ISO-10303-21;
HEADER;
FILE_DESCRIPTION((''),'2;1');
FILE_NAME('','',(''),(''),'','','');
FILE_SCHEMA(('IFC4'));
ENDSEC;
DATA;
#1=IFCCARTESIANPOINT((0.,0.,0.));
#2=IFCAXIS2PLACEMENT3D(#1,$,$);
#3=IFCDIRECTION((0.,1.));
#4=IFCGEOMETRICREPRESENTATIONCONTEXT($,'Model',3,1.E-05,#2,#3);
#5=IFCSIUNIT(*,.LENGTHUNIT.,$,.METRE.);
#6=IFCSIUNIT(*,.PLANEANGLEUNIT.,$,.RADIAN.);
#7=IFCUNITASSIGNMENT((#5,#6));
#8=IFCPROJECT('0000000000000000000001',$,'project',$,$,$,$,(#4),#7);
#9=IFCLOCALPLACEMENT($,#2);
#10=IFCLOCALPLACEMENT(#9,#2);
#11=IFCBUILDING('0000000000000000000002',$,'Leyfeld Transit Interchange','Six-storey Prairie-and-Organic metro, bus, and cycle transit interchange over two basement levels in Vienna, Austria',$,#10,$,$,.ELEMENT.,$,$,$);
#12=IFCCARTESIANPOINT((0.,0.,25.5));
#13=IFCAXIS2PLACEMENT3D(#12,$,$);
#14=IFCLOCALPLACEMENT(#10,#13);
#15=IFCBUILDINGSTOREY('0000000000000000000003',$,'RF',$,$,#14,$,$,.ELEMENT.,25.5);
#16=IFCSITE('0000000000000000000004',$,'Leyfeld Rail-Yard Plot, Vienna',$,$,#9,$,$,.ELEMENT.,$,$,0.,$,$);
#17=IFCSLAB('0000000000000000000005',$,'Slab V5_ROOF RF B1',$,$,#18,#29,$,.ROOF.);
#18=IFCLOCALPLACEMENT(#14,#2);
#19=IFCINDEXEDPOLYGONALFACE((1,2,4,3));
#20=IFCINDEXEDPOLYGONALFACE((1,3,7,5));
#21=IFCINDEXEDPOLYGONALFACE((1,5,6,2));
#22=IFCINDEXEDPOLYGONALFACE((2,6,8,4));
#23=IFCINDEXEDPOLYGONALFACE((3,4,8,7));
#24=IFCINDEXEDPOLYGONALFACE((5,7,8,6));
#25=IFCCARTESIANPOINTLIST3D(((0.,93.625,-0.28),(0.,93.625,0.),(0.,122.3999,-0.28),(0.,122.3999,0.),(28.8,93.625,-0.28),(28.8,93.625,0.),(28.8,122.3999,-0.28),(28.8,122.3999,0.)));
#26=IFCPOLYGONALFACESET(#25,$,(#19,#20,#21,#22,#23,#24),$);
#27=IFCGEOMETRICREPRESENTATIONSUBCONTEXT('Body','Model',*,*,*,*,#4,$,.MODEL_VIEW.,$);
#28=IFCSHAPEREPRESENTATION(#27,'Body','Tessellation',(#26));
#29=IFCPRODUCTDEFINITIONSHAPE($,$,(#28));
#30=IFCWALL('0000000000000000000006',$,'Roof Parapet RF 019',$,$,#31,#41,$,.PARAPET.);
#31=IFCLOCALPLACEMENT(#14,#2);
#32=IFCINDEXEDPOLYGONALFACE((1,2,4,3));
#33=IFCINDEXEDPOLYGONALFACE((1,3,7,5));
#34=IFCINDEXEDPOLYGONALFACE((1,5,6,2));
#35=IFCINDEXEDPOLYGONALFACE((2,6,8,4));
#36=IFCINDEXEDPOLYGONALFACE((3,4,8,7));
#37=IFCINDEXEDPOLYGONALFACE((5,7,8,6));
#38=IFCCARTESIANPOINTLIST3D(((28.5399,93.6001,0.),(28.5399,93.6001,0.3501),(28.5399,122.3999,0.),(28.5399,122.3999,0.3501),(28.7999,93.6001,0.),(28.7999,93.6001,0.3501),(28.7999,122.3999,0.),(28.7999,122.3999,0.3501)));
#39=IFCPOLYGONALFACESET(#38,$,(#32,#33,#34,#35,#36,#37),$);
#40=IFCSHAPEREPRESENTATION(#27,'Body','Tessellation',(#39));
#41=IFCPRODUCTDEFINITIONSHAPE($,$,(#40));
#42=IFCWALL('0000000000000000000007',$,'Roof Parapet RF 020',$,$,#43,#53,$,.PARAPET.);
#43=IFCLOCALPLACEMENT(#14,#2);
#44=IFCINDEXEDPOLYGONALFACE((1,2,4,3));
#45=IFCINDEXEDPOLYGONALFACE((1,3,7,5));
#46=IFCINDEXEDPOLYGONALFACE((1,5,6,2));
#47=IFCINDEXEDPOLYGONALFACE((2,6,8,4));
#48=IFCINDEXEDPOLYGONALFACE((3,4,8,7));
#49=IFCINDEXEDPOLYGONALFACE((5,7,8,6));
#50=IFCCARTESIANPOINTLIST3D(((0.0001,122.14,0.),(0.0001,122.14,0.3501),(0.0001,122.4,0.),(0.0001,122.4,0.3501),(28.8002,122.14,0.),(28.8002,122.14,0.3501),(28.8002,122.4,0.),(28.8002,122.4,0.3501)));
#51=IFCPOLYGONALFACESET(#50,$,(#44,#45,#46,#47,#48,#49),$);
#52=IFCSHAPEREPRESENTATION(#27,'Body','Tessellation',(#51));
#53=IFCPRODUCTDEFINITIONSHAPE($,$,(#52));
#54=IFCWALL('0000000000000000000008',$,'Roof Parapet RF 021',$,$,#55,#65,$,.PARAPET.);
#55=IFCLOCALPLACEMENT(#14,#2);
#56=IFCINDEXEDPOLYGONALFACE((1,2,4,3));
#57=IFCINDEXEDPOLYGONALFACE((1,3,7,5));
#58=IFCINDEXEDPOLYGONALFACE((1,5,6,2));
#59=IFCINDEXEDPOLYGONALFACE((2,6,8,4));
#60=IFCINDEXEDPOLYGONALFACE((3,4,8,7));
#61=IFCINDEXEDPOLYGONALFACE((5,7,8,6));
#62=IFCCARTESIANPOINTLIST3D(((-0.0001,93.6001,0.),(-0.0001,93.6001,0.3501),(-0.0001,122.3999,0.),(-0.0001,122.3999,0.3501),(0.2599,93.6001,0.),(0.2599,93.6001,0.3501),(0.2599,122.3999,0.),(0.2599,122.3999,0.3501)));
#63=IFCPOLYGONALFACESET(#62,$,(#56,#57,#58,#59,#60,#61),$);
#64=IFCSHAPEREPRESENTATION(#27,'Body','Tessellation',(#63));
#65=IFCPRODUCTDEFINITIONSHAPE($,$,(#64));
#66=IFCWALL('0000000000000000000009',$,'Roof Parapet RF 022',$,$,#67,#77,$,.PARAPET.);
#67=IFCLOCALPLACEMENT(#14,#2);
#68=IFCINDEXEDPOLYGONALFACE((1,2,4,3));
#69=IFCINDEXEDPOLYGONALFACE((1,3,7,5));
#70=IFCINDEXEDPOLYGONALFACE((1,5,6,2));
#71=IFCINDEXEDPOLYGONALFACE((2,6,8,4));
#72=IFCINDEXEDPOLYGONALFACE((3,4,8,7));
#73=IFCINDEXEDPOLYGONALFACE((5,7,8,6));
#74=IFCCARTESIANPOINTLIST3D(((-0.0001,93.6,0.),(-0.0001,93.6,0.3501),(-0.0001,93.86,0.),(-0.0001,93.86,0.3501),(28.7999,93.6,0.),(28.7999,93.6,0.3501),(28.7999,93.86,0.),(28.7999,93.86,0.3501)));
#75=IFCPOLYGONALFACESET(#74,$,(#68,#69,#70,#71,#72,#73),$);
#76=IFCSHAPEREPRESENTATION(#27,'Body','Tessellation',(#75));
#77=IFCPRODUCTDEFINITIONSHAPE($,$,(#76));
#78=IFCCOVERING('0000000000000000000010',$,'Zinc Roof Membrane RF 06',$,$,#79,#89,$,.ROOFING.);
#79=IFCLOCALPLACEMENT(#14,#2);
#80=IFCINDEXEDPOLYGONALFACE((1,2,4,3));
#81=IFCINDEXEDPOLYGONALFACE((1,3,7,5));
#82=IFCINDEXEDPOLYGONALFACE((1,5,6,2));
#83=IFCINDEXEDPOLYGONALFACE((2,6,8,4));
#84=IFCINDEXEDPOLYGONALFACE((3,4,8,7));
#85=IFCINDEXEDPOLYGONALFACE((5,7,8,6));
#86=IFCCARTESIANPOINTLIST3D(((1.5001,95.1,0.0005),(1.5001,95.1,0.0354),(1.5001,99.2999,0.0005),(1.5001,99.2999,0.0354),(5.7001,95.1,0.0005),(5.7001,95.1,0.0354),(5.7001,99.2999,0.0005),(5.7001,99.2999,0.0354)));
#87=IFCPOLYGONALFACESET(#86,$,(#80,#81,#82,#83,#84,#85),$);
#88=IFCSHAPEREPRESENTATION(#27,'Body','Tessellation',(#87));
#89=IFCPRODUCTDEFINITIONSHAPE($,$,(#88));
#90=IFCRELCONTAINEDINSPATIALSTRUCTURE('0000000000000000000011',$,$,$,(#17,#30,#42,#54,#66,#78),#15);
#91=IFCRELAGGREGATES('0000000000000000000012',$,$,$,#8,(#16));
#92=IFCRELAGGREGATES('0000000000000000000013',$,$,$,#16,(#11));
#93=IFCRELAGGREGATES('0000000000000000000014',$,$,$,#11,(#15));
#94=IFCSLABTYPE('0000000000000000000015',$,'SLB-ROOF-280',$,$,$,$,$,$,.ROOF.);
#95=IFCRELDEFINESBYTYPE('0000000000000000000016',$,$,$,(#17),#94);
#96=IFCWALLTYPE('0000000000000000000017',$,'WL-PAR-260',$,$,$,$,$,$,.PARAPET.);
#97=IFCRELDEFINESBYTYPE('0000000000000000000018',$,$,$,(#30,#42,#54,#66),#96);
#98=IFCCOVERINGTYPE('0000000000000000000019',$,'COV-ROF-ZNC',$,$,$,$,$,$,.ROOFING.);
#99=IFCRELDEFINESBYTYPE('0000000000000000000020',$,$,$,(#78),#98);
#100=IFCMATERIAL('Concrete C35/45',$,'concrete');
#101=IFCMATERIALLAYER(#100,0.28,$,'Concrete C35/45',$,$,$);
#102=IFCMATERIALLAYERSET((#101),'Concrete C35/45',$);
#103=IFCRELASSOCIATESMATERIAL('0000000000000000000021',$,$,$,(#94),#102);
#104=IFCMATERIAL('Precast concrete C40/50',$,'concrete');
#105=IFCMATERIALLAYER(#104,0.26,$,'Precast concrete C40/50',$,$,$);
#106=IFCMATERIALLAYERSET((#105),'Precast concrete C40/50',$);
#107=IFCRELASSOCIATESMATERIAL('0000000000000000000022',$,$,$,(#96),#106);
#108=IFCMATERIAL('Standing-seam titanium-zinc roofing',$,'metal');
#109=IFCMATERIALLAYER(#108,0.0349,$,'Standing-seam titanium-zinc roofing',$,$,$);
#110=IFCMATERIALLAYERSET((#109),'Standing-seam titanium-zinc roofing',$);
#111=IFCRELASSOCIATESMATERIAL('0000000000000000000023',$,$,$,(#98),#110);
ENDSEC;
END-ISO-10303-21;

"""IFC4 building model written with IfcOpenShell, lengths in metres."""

from ifc_helpers import new_model, si_unit, direction, frame, frame_2d, origin, origin_2d, place, context, subcontext, project, spatial, polyline, rectangle, outline, extrude, material, layer, layer_set, type_object, element, save


model = new_model("IFC4")

# Units and contexts
model_context = context("Model", 3, precision=1e-05, world=origin(), true_north=direction((0.0, 1.0)))
body_context = subcontext(model_context, "Body", "Model", "MODEL_VIEW")
ifc_project = project(units=[si_unit("LENGTHUNIT", "METRE"), si_unit("PLANEANGLEUNIT", "RADIAN")], contexts=[model_context])

# Site, building, storey
site_placement = place(None, origin())
site = spatial("IfcSite", under=ifc_project, at=site_placement, Name="Leyfeld Rail-Yard Plot, Vienna", CompositionType="ELEMENT", RefElevation=0.0)
building_placement = place(site_placement, origin())
building = spatial("IfcBuilding", under=site, at=building_placement, Name="Leyfeld Transit Interchange", Description="Six-storey Prairie-and-Organic metro, bus, and cycle transit interchange over two basement levels in Vienna, Austria", CompositionType="ELEMENT")
storey_placement = place(building_placement, frame((0.0, 0.0, 25.5)))
storey = spatial("IfcBuildingStorey", under=building, at=storey_placement, Name="RF", CompositionType="ELEMENT", Elevation=25.5)

# Slab
ifc_material_1 = material(Name="Concrete C35/45", Category="concrete")
ifc_layer_1 = layer(ifc_material_1, 0.28, Name="Concrete C35/45")
ifc_layer_set_1 = layer_set([ifc_layer_1], Name="Concrete C35/45")
slab_type = type_object("IfcSlabType", Name="SLB-ROOF-280", PredefinedType="ROOF", material=ifc_layer_set_1)
slab_placement = place(storey_placement, frame((0.0, 0.0, -0.28)))
element("IfcSlab", 1, at=slab_placement, inside=storey, type_object=slab_type, Name="Slab V5_ROOF RF B1", PredefinedType="ROOF", context=body_context, shape_type="SweptSolid", body=[
    extrude(outline(polyline([(0.0, 93.625), (28.8, 93.625), (28.8, 122.3999), (0.0, 122.3999), (0.0, 93.625)])), origin(), (0.0, 0.0, 1.0), 0.28),
])

# Walls
ifc_material_2 = material(Name="Precast concrete C40/50", Category="concrete")
ifc_layer_2 = layer(ifc_material_2, 0.26, Name="Precast concrete C40/50")
ifc_layer_set_2 = layer_set([ifc_layer_2], Name="Precast concrete C40/50")
wall_type = type_object("IfcWallType", Name="WL-PAR-260", PredefinedType="PARAPET", material=ifc_layer_set_2)
wall_1_placement = place(storey_placement, frame((28.6699, 93.6001, 0.0), z_axis=(0.0, 0.0, 1.0), x_axis=(0.0, 1.0, 0.0)))
element("IfcWall", 2, at=wall_1_placement, inside=storey, type_object=wall_type, Name="Roof Parapet RF 019", PredefinedType="PARAPET", context=body_context, shape_type="SweptSolid", body=[
    extrude(rectangle(XDim=28.7998, YDim=0.26, at=frame_2d((14.3999, 0.0))), origin(), (0.0, 0.0, 1.0), 0.3501),
])
wall_2_placement = place(storey_placement, frame((28.8, 122.27, 0.0), z_axis=(0.0, 0.0, 1.0), x_axis=(-1.0, 0.0, 0.0)))
element("IfcWall", 3, at=wall_2_placement, inside=storey, type_object=wall_type, Name="Roof Parapet RF 020", PredefinedType="PARAPET", context=body_context, shape_type="SweptSolid", body=[
    extrude(rectangle(XDim=28.8, YDim=0.26, at=frame_2d((14.3999, 0.0))), origin(), (0.0, 0.0, 1.0), 0.3501),
])
wall_3_placement = place(storey_placement, frame((0.1299, 122.3999, 0.0), z_axis=(0.0, 0.0, 1.0), x_axis=(0.0, -1.0, 0.0)))
element("IfcWall", 4, at=wall_3_placement, inside=storey, type_object=wall_type, Name="Roof Parapet RF 021", PredefinedType="PARAPET", context=body_context, shape_type="SweptSolid", body=[
    extrude(rectangle(XDim=28.7998, YDim=0.26, at=frame_2d((14.3999, 0.0))), origin(), (0.0, 0.0, 1.0), 0.3501),
])
wall_4_placement = place(storey_placement, frame((0.0, 93.73, 0.0), z_axis=(0.0, 0.0, 1.0), x_axis=(1.0, 0.0, 0.0)))
element("IfcWall", 5, at=wall_4_placement, inside=storey, type_object=wall_type, Name="Roof Parapet RF 022", PredefinedType="PARAPET", context=body_context, shape_type="SweptSolid", body=[
    extrude(rectangle(XDim=28.8, YDim=0.26, at=frame_2d((14.3999, 0.0))), origin(), (0.0, 0.0, 1.0), 0.3501),
])

# Covering
ifc_material_3 = material(Name="Standing-seam titanium-zinc roofing", Category="metal")
ifc_layer_3 = layer(ifc_material_3, 0.0349, Name="Standing-seam titanium-zinc roofing")
ifc_layer_set_3 = layer_set([ifc_layer_3], Name="Standing-seam titanium-zinc roofing")
covering_type = type_object("IfcCoveringType", Name="COV-ROF-ZNC", PredefinedType="ROOFING", material=ifc_layer_set_3)
covering_placement = place(storey_placement, frame((3.6001, 97.2, 0.0005), z_axis=(0.0, 0.0, 1.0), x_axis=(1.0, 0.0, 0.0)))
element("IfcCovering", 6, at=covering_placement, inside=storey, type_object=covering_type, Name="Zinc Roof Membrane RF 06", PredefinedType="ROOFING", context=body_context, shape_type="SweptSolid", body=[
    extrude(rectangle(XDim=4.2, YDim=4.2, at=origin_2d()), origin(), (0.0, 0.0, 1.0), 0.0349),
])

save(model, "model.ifc")
